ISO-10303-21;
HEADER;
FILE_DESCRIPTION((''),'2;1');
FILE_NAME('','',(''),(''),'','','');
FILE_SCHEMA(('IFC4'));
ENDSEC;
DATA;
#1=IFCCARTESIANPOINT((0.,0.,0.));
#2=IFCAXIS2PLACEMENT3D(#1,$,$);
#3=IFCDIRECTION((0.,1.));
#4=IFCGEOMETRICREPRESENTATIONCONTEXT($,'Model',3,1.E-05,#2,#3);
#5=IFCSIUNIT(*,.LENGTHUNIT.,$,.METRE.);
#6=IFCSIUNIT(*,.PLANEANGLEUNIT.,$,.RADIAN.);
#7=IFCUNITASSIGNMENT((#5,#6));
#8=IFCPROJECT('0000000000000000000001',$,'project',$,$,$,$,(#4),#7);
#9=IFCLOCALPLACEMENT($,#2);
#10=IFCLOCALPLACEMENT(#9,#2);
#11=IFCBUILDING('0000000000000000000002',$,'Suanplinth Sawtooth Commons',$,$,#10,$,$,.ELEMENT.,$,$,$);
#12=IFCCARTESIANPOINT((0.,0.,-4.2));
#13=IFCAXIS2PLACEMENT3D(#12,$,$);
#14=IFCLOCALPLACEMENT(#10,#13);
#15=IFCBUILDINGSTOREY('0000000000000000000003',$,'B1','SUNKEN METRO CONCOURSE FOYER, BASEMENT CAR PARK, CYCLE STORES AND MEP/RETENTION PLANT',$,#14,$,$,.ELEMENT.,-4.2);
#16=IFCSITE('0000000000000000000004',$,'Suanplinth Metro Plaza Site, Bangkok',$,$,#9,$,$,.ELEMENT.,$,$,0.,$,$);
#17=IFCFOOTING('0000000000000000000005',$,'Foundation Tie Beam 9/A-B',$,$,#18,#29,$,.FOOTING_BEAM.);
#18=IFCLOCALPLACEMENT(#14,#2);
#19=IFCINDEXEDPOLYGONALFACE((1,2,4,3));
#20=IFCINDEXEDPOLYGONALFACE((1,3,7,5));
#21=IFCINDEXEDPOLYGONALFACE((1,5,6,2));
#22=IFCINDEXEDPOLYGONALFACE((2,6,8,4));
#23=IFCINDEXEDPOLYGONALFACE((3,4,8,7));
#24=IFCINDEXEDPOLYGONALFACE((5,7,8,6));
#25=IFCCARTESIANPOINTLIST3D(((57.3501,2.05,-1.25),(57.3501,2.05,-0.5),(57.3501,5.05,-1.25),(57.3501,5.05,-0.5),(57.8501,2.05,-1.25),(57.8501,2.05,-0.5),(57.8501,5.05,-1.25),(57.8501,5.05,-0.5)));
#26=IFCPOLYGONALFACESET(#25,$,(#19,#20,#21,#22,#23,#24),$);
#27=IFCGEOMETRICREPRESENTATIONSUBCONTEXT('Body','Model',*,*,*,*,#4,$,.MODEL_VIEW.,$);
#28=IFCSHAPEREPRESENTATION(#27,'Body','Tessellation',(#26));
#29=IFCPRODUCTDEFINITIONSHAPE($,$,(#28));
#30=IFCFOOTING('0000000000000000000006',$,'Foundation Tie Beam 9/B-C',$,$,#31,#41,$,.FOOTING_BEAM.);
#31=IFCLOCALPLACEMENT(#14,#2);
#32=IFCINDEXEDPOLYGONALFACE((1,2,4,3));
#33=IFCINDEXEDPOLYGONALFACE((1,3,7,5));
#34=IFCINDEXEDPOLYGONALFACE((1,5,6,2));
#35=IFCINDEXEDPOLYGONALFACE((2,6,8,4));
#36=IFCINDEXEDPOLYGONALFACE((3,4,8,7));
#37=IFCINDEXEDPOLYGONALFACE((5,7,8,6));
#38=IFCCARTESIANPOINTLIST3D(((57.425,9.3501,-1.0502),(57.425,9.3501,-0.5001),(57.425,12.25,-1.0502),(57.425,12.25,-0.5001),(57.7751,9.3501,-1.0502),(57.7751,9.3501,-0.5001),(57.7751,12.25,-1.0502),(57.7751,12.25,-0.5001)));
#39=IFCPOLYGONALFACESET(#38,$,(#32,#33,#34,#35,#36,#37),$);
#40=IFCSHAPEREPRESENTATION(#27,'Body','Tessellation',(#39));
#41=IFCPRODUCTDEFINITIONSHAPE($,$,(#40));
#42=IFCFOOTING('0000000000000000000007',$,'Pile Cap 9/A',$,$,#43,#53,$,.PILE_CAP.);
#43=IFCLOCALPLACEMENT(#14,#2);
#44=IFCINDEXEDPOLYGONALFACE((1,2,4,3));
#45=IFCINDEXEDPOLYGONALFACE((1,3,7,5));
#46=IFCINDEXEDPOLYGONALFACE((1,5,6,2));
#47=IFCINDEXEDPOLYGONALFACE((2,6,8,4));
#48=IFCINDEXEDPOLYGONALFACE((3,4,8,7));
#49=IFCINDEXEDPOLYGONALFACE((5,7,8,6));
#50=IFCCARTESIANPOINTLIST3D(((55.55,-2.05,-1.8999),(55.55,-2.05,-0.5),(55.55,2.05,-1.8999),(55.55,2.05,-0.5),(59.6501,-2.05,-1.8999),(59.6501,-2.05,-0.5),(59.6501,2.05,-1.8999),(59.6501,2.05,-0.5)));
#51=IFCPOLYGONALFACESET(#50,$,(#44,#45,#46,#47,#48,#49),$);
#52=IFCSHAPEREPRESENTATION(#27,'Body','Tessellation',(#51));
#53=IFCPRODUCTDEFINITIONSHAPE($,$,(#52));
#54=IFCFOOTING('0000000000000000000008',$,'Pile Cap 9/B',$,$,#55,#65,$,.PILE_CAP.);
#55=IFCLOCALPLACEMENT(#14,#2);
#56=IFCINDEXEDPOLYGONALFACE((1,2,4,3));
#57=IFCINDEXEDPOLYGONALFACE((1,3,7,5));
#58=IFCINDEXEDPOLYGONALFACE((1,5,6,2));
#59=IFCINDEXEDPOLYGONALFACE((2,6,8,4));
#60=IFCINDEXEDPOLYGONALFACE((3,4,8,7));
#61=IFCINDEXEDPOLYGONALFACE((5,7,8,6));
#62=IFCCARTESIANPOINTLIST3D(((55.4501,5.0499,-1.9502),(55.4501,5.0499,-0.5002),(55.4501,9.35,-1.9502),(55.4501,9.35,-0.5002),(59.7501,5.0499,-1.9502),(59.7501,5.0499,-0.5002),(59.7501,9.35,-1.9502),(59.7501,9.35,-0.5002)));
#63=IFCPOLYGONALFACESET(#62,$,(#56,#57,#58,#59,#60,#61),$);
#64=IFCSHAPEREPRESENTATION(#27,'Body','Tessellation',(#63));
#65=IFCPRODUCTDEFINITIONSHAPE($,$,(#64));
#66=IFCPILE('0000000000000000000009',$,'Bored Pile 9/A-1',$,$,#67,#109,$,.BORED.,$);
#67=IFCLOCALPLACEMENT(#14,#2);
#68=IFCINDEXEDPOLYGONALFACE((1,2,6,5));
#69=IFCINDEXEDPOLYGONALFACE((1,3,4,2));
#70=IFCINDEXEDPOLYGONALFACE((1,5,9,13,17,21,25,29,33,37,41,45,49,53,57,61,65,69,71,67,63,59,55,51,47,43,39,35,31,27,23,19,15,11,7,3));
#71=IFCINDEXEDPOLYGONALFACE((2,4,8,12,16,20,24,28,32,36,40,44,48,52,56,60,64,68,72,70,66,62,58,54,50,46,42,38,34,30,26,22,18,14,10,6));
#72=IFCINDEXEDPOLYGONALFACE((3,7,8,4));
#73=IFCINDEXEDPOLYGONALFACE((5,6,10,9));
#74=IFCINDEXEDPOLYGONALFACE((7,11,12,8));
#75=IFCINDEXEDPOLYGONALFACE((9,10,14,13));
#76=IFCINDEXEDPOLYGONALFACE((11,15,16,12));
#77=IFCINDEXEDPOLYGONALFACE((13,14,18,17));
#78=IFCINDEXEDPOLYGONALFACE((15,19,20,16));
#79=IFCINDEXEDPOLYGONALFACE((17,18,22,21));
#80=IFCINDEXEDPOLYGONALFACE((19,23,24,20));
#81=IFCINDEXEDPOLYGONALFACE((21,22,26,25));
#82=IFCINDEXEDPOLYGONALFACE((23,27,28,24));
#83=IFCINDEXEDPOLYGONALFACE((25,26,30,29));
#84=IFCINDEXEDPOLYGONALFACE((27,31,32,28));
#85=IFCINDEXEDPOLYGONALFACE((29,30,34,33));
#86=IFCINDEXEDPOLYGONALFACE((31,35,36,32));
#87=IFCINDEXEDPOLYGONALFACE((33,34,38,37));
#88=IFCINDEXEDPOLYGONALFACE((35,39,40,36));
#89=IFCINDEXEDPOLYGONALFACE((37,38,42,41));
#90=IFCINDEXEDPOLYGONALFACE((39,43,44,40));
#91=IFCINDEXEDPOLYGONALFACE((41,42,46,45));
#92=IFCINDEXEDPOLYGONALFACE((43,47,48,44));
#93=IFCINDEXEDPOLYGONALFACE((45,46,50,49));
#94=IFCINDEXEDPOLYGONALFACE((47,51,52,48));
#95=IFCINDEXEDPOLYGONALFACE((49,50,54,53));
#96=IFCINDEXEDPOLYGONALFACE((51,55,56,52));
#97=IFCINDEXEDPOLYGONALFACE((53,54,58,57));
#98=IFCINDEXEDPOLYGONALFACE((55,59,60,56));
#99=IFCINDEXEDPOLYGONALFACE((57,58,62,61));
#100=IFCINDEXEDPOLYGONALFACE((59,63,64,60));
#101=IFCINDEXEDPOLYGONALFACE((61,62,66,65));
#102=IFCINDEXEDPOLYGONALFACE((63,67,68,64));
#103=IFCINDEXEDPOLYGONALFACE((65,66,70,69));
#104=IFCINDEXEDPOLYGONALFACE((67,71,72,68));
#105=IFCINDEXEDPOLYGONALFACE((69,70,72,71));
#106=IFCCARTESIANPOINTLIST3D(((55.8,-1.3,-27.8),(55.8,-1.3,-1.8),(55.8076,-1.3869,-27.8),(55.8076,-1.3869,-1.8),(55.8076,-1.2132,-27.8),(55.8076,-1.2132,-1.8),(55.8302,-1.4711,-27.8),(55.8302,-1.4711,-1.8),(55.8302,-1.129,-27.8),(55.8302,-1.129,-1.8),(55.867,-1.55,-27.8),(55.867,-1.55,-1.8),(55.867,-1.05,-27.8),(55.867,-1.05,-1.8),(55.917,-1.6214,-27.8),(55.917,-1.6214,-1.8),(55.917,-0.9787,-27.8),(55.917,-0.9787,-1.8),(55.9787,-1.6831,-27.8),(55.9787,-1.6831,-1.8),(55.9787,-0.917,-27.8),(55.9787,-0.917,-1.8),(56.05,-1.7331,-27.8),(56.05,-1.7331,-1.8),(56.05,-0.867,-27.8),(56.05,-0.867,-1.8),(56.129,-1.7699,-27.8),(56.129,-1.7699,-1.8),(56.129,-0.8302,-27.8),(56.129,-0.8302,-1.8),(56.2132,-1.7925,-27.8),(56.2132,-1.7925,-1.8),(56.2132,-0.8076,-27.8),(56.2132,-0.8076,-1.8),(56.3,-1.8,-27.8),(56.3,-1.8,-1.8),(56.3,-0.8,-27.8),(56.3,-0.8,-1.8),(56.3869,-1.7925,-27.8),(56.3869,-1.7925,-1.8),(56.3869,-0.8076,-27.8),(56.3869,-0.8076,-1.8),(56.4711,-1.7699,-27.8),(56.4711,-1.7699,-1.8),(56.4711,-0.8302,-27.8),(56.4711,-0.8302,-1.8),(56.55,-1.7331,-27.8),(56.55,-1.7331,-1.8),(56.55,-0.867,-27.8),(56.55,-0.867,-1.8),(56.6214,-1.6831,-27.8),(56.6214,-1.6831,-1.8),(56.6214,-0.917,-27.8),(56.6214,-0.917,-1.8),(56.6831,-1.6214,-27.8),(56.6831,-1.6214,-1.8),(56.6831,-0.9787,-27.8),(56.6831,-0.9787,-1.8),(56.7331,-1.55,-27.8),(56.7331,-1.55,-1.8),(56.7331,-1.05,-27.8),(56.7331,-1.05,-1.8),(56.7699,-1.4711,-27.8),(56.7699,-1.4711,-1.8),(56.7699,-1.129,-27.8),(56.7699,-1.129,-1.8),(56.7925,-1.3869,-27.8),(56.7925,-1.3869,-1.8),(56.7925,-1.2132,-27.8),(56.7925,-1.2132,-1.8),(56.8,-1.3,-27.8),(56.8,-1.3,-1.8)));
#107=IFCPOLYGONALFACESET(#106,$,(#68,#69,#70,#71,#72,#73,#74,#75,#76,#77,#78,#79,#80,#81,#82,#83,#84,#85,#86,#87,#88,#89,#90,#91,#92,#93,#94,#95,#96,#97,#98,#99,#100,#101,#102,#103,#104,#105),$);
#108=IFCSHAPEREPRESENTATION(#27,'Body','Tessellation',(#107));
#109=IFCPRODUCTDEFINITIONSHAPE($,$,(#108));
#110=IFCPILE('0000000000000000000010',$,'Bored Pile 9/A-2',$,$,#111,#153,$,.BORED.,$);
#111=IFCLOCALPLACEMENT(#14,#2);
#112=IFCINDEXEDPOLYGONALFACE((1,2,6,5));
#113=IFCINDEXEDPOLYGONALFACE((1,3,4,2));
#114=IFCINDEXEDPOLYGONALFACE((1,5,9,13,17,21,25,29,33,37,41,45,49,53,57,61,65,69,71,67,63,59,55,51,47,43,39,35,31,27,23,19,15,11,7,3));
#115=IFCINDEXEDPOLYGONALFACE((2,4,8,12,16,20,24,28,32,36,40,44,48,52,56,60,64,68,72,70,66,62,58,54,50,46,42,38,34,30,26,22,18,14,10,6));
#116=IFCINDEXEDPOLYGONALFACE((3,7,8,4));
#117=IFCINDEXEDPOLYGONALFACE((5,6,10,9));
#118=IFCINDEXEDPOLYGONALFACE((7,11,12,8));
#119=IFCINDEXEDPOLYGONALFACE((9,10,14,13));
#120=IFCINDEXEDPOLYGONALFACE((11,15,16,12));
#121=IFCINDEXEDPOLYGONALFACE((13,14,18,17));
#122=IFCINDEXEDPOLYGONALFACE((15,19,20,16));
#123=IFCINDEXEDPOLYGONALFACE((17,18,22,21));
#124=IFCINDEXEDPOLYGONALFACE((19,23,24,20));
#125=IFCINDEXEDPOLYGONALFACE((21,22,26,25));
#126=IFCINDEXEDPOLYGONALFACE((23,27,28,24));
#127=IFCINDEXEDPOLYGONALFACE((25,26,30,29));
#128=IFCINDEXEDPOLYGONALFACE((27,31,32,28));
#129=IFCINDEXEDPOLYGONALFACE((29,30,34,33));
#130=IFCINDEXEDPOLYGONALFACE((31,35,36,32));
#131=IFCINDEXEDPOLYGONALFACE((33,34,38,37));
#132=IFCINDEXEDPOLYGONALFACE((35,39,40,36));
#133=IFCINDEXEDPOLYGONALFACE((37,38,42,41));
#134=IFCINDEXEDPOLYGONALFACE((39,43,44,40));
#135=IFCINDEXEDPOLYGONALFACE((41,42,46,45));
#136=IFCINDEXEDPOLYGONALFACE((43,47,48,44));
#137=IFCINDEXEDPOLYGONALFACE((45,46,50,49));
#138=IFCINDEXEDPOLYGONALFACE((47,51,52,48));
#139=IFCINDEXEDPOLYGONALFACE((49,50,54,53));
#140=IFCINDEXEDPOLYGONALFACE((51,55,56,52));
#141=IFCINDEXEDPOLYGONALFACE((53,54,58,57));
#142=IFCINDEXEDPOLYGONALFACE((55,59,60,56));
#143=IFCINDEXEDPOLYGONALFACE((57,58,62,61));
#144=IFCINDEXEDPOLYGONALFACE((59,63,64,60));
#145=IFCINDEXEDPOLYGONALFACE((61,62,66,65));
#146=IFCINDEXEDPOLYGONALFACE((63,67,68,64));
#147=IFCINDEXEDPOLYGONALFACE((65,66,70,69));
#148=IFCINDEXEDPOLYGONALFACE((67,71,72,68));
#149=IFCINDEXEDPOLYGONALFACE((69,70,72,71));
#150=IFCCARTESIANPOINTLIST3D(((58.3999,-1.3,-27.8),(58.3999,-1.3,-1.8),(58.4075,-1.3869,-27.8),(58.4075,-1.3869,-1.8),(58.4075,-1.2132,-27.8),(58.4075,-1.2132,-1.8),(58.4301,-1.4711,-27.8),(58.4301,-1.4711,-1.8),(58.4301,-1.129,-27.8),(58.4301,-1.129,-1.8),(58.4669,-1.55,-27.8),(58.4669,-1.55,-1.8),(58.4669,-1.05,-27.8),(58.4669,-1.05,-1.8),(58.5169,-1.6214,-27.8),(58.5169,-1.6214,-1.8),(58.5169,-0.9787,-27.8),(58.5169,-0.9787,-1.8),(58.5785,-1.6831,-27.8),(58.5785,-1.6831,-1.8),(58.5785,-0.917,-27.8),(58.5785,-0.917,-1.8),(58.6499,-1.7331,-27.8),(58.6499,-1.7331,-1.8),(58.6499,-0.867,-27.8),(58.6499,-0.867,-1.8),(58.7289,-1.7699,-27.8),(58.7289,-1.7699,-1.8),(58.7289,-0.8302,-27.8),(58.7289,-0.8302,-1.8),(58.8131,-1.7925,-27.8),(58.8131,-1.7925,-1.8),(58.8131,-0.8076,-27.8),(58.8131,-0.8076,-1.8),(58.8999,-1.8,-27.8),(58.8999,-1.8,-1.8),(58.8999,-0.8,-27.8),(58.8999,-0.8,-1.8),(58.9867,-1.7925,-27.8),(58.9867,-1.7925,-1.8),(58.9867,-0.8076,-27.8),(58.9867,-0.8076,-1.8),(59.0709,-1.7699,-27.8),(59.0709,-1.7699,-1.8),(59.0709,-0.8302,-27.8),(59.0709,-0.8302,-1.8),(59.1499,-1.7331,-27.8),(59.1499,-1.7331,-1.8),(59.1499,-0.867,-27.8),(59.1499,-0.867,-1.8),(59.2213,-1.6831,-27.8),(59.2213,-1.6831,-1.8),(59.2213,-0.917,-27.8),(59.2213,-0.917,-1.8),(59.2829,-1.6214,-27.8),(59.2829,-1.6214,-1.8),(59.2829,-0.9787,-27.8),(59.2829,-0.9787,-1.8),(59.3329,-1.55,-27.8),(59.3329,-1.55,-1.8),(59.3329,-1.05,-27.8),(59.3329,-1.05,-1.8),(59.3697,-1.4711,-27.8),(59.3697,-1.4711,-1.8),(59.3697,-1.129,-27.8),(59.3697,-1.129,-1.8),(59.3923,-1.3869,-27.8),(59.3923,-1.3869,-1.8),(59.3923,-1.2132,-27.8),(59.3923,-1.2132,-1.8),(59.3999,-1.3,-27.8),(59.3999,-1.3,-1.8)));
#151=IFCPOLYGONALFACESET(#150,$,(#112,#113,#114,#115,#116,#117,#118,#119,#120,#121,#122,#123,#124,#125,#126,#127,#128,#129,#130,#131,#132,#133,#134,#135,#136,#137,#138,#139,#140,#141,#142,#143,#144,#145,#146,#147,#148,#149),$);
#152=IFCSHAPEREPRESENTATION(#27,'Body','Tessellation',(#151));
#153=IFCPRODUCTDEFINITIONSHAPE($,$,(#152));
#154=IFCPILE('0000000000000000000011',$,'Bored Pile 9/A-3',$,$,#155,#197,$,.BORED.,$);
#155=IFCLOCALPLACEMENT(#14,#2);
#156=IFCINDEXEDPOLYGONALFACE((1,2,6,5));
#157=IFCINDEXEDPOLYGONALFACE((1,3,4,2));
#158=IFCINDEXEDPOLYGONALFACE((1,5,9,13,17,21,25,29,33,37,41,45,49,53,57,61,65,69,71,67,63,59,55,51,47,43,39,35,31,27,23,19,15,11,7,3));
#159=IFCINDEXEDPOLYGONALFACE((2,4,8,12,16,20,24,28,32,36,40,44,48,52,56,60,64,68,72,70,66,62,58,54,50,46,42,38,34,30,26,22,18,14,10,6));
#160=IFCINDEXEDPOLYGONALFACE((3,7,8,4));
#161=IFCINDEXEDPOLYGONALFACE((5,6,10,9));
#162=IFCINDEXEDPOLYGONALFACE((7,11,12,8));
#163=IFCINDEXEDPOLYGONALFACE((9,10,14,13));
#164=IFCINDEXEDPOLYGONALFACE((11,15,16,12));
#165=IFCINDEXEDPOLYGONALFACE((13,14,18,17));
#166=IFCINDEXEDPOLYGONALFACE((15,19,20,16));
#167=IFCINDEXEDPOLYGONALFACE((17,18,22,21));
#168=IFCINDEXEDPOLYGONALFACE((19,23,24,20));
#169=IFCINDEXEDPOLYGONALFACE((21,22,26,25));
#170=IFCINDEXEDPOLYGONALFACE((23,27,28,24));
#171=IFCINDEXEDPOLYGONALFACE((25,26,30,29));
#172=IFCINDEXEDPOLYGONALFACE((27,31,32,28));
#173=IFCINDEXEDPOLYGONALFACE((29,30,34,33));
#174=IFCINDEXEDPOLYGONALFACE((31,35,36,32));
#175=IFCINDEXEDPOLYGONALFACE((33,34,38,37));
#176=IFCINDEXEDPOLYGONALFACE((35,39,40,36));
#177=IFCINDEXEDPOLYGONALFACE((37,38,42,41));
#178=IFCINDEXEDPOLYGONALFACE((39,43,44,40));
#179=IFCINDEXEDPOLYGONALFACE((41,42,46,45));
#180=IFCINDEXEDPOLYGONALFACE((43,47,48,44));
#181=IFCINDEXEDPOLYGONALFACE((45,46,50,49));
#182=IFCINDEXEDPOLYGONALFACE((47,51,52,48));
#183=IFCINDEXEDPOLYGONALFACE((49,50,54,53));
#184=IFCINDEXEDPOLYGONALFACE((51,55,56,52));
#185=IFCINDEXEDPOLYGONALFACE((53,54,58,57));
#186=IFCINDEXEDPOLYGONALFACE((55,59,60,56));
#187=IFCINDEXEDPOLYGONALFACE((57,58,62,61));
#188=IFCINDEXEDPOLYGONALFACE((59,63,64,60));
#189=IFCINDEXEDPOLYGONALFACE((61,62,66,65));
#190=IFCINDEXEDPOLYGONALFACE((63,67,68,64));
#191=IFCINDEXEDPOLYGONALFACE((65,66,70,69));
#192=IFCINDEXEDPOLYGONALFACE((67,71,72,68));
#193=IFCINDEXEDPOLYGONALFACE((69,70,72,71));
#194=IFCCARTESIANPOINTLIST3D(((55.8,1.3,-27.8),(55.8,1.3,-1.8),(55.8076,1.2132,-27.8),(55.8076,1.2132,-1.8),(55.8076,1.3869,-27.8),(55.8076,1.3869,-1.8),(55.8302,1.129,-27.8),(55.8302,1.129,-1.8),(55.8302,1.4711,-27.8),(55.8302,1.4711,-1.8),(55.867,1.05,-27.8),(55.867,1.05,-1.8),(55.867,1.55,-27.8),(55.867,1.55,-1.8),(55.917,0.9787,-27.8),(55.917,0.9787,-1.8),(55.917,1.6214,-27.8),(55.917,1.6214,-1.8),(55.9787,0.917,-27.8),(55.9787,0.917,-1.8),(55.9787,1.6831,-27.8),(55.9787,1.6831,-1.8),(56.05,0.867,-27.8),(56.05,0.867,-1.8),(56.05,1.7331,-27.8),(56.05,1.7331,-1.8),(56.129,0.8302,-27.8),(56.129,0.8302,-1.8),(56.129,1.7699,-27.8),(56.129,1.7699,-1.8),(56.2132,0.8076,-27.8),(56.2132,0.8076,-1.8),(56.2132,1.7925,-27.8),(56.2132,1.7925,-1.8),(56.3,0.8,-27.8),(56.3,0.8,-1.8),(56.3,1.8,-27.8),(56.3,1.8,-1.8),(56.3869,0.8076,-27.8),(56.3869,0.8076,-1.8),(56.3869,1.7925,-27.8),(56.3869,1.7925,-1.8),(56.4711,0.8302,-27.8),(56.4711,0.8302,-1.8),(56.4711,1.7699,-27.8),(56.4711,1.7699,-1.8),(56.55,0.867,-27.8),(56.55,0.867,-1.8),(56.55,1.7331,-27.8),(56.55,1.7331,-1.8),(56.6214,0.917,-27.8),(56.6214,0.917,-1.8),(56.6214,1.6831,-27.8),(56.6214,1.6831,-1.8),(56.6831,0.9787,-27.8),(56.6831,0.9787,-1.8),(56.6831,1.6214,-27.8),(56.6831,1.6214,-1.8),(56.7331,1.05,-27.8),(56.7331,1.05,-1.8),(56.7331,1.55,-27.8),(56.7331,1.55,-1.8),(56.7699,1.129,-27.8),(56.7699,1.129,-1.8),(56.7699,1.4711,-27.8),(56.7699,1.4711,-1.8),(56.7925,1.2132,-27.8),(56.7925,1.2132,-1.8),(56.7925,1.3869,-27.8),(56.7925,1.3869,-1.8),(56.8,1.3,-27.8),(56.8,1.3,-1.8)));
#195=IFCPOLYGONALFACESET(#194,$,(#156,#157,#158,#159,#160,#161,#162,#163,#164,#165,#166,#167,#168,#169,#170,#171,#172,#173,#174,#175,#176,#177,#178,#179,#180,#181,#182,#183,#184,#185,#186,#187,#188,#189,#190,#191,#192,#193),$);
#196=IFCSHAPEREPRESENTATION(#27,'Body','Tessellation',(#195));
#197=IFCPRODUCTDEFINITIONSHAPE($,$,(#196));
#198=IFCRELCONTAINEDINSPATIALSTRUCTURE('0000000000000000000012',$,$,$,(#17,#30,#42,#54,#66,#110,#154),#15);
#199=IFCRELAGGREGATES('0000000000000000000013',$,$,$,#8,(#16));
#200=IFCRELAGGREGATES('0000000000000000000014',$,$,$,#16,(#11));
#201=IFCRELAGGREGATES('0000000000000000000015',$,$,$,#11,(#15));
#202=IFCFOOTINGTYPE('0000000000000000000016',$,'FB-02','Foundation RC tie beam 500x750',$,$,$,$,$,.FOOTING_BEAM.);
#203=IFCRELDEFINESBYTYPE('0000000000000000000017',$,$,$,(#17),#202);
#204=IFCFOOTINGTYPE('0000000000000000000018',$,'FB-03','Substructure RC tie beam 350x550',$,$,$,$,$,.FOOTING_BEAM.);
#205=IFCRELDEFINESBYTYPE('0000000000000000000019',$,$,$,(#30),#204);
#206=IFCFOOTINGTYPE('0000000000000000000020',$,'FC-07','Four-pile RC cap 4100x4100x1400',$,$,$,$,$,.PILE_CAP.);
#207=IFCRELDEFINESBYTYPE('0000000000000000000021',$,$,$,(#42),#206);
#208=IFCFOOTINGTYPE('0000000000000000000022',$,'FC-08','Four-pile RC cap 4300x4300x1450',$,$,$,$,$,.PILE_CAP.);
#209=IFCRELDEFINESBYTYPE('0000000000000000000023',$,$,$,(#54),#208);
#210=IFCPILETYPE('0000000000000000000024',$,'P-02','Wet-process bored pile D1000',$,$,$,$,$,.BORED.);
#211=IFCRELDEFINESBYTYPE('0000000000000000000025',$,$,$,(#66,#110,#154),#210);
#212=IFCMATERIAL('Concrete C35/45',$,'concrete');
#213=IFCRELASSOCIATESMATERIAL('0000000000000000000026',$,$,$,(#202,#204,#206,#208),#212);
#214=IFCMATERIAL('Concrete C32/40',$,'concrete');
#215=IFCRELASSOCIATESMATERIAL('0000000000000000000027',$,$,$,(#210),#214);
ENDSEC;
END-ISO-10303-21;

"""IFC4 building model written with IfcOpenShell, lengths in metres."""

from ifc_helpers import new_model, si_unit, direction, frame, origin, origin_2d, place, context, subcontext, project, spatial, rectangle, circle, extrude, material, material_profile, profile_set, type_object, element, save


model = new_model("IFC4")

# Units and contexts
model_context = context("Model", 3, precision=1e-05, world=origin(), true_north=direction((0.0, 1.0)))
body_context = subcontext(model_context, "Body", "Model", "MODEL_VIEW")
ifc_project = project(units=[si_unit("LENGTHUNIT", "METRE"), si_unit("PLANEANGLEUNIT", "RADIAN")], contexts=[model_context])

# Site, building, storey
site_placement = place(None, origin())
site = spatial("IfcSite", under=ifc_project, at=site_placement, Name="Suanplinth Metro Plaza Site, Bangkok", CompositionType="ELEMENT", RefElevation=0.0)
building_placement = place(site_placement, origin())
building = spatial("IfcBuilding", under=site, at=building_placement, Name="Suanplinth Sawtooth Commons", CompositionType="ELEMENT")
storey_placement = place(building_placement, frame((0.0, 0.0, -4.2)))
storey = spatial("IfcBuildingStorey", under=building, at=storey_placement, Name="B1", Description="SUNKEN METRO CONCOURSE FOYER, BASEMENT CAR PARK, CYCLE STORES AND MEP/RETENTION PLANT", CompositionType="ELEMENT", Elevation=-4.2)

# Footings
ifc_material_1 = material(Name="Concrete C35/45", Category="concrete")
ifc_material_profile_1 = material_profile(ifc_material_1, rectangle(XDim=0.5, YDim=0.75, at=origin_2d()), Name="RC-GDR 500x750")
ifc_profile_set_1 = profile_set([ifc_material_profile_1], Name="Concrete C35/45")
footing_type_1 = type_object("IfcFootingType", Name="FB-02", Description="Foundation RC tie beam 500x750", PredefinedType="FOOTING_BEAM", material=ifc_profile_set_1)
footing_1_placement = place(storey_placement, frame((57.6001, 2.05, -0.875), z_axis=(0.0, 1.0, 0.0), x_axis=(-1.0, 0.0, 0.0)))
element("IfcFooting", 1, at=footing_1_placement, inside=storey, type_object=footing_type_1, Name="Foundation Tie Beam 9/A-B", PredefinedType="FOOTING_BEAM", context=body_context, shape_type="SweptSolid", body=[
    extrude(rectangle(XDim=0.5, YDim=0.75, at=origin_2d()), origin(), (0.0, 0.0, 1.0), 3.0),
])
ifc_material_profile_2 = material_profile(ifc_material_1, rectangle(XDim=0.3501, YDim=0.55, at=origin_2d()), Name="PC-BM 350x550")
ifc_profile_set_2 = profile_set([ifc_material_profile_2], Name="Concrete C35/45")
footing_type_2 = type_object("IfcFootingType", Name="FB-03", Description="Substructure RC tie beam 350x550", PredefinedType="FOOTING_BEAM", material=ifc_profile_set_2)
footing_2_placement = place(storey_placement, frame((57.6001, 9.3501, -0.7751), z_axis=(0.0, 1.0, 0.0), x_axis=(-1.0, 0.0, 0.0)))
element("IfcFooting", 2, at=footing_2_placement, inside=storey, type_object=footing_type_2, Name="Foundation Tie Beam 9/B-C", PredefinedType="FOOTING_BEAM", context=body_context, shape_type="SweptSolid", body=[
    extrude(rectangle(XDim=0.3501, YDim=0.55, at=origin_2d()), origin(), (0.0, 0.0, 1.0), 2.8999),
])
footing_type_3 = type_object("IfcFootingType", Name="FC-07", Description="Four-pile RC cap 4100x4100x1400", PredefinedType="PILE_CAP", material=ifc_material_1)
footing_3_placement = place(storey_placement, frame((57.6001, 0.0, -1.8999), z_axis=(0.0, 0.0, 1.0), x_axis=(1.0, 0.0, 0.0)))
element("IfcFooting", 3, at=footing_3_placement, inside=storey, type_object=footing_type_3, Name="Pile Cap 9/A", PredefinedType="PILE_CAP", context=body_context, shape_type="SweptSolid", body=[
    extrude(rectangle(XDim=4.1001, YDim=4.1001, at=origin_2d()), origin(), (0.0, 0.0, 1.0), 1.3999),
])
footing_type_4 = type_object("IfcFootingType", Name="FC-08", Description="Four-pile RC cap 4300x4300x1450", PredefinedType="PILE_CAP", material=ifc_material_1)
footing_4_placement = place(storey_placement, frame((57.6001, 7.2, -1.9502), z_axis=(0.0, 0.0, 1.0), x_axis=(1.0, 0.0, 0.0)))
element("IfcFooting", 4, at=footing_4_placement, inside=storey, type_object=footing_type_4, Name="Pile Cap 9/B", PredefinedType="PILE_CAP", context=body_context, shape_type="SweptSolid", body=[
    extrude(rectangle(XDim=4.3, YDim=4.3, at=origin_2d()), origin(), (0.0, 0.0, 1.0), 1.45),
])

# Piles
ifc_material_2 = material(Name="Concrete C32/40", Category="concrete")
ifc_material_profile_3 = material_profile(ifc_material_2, circle(Radius=0.5, at=origin_2d()), Name="PILE D1000")
ifc_profile_set_3 = profile_set([ifc_material_profile_3], Name="Concrete C32/40")
pile_type = type_object("IfcPileType", Name="P-02", Description="Wet-process bored pile D1000", PredefinedType="BORED", material=ifc_profile_set_3)
for number, where, z_axis, x_axis, name in (
    (5, (56.3, -1.3, -1.8), (0.0, 0.0, -1.0), (1.0, 0.0, 0.0), "Bored Pile 9/A-1"),
    (6, (58.8999, -1.3, -1.8), (0.0, 0.0, -1.0), (1.0, 0.0, 0.0), "Bored Pile 9/A-2"),
    (7, (56.3, 1.3, -1.8), (0.0, 0.0, -1.0), (1.0, 0.0, 0.0), "Bored Pile 9/A-3"),
):
    element("IfcPile", number, at=place(storey_placement, frame(where, z_axis=z_axis, x_axis=x_axis)), inside=storey, type_object=pile_type, Name=name, PredefinedType="BORED", context=body_context, shape_type="SweptSolid", body=[
        extrude(circle(Radius=0.5, at=origin_2d()), origin(), (0.0, 0.0, 1.0), 26.0),
    ])

save(model, "model.ifc")
